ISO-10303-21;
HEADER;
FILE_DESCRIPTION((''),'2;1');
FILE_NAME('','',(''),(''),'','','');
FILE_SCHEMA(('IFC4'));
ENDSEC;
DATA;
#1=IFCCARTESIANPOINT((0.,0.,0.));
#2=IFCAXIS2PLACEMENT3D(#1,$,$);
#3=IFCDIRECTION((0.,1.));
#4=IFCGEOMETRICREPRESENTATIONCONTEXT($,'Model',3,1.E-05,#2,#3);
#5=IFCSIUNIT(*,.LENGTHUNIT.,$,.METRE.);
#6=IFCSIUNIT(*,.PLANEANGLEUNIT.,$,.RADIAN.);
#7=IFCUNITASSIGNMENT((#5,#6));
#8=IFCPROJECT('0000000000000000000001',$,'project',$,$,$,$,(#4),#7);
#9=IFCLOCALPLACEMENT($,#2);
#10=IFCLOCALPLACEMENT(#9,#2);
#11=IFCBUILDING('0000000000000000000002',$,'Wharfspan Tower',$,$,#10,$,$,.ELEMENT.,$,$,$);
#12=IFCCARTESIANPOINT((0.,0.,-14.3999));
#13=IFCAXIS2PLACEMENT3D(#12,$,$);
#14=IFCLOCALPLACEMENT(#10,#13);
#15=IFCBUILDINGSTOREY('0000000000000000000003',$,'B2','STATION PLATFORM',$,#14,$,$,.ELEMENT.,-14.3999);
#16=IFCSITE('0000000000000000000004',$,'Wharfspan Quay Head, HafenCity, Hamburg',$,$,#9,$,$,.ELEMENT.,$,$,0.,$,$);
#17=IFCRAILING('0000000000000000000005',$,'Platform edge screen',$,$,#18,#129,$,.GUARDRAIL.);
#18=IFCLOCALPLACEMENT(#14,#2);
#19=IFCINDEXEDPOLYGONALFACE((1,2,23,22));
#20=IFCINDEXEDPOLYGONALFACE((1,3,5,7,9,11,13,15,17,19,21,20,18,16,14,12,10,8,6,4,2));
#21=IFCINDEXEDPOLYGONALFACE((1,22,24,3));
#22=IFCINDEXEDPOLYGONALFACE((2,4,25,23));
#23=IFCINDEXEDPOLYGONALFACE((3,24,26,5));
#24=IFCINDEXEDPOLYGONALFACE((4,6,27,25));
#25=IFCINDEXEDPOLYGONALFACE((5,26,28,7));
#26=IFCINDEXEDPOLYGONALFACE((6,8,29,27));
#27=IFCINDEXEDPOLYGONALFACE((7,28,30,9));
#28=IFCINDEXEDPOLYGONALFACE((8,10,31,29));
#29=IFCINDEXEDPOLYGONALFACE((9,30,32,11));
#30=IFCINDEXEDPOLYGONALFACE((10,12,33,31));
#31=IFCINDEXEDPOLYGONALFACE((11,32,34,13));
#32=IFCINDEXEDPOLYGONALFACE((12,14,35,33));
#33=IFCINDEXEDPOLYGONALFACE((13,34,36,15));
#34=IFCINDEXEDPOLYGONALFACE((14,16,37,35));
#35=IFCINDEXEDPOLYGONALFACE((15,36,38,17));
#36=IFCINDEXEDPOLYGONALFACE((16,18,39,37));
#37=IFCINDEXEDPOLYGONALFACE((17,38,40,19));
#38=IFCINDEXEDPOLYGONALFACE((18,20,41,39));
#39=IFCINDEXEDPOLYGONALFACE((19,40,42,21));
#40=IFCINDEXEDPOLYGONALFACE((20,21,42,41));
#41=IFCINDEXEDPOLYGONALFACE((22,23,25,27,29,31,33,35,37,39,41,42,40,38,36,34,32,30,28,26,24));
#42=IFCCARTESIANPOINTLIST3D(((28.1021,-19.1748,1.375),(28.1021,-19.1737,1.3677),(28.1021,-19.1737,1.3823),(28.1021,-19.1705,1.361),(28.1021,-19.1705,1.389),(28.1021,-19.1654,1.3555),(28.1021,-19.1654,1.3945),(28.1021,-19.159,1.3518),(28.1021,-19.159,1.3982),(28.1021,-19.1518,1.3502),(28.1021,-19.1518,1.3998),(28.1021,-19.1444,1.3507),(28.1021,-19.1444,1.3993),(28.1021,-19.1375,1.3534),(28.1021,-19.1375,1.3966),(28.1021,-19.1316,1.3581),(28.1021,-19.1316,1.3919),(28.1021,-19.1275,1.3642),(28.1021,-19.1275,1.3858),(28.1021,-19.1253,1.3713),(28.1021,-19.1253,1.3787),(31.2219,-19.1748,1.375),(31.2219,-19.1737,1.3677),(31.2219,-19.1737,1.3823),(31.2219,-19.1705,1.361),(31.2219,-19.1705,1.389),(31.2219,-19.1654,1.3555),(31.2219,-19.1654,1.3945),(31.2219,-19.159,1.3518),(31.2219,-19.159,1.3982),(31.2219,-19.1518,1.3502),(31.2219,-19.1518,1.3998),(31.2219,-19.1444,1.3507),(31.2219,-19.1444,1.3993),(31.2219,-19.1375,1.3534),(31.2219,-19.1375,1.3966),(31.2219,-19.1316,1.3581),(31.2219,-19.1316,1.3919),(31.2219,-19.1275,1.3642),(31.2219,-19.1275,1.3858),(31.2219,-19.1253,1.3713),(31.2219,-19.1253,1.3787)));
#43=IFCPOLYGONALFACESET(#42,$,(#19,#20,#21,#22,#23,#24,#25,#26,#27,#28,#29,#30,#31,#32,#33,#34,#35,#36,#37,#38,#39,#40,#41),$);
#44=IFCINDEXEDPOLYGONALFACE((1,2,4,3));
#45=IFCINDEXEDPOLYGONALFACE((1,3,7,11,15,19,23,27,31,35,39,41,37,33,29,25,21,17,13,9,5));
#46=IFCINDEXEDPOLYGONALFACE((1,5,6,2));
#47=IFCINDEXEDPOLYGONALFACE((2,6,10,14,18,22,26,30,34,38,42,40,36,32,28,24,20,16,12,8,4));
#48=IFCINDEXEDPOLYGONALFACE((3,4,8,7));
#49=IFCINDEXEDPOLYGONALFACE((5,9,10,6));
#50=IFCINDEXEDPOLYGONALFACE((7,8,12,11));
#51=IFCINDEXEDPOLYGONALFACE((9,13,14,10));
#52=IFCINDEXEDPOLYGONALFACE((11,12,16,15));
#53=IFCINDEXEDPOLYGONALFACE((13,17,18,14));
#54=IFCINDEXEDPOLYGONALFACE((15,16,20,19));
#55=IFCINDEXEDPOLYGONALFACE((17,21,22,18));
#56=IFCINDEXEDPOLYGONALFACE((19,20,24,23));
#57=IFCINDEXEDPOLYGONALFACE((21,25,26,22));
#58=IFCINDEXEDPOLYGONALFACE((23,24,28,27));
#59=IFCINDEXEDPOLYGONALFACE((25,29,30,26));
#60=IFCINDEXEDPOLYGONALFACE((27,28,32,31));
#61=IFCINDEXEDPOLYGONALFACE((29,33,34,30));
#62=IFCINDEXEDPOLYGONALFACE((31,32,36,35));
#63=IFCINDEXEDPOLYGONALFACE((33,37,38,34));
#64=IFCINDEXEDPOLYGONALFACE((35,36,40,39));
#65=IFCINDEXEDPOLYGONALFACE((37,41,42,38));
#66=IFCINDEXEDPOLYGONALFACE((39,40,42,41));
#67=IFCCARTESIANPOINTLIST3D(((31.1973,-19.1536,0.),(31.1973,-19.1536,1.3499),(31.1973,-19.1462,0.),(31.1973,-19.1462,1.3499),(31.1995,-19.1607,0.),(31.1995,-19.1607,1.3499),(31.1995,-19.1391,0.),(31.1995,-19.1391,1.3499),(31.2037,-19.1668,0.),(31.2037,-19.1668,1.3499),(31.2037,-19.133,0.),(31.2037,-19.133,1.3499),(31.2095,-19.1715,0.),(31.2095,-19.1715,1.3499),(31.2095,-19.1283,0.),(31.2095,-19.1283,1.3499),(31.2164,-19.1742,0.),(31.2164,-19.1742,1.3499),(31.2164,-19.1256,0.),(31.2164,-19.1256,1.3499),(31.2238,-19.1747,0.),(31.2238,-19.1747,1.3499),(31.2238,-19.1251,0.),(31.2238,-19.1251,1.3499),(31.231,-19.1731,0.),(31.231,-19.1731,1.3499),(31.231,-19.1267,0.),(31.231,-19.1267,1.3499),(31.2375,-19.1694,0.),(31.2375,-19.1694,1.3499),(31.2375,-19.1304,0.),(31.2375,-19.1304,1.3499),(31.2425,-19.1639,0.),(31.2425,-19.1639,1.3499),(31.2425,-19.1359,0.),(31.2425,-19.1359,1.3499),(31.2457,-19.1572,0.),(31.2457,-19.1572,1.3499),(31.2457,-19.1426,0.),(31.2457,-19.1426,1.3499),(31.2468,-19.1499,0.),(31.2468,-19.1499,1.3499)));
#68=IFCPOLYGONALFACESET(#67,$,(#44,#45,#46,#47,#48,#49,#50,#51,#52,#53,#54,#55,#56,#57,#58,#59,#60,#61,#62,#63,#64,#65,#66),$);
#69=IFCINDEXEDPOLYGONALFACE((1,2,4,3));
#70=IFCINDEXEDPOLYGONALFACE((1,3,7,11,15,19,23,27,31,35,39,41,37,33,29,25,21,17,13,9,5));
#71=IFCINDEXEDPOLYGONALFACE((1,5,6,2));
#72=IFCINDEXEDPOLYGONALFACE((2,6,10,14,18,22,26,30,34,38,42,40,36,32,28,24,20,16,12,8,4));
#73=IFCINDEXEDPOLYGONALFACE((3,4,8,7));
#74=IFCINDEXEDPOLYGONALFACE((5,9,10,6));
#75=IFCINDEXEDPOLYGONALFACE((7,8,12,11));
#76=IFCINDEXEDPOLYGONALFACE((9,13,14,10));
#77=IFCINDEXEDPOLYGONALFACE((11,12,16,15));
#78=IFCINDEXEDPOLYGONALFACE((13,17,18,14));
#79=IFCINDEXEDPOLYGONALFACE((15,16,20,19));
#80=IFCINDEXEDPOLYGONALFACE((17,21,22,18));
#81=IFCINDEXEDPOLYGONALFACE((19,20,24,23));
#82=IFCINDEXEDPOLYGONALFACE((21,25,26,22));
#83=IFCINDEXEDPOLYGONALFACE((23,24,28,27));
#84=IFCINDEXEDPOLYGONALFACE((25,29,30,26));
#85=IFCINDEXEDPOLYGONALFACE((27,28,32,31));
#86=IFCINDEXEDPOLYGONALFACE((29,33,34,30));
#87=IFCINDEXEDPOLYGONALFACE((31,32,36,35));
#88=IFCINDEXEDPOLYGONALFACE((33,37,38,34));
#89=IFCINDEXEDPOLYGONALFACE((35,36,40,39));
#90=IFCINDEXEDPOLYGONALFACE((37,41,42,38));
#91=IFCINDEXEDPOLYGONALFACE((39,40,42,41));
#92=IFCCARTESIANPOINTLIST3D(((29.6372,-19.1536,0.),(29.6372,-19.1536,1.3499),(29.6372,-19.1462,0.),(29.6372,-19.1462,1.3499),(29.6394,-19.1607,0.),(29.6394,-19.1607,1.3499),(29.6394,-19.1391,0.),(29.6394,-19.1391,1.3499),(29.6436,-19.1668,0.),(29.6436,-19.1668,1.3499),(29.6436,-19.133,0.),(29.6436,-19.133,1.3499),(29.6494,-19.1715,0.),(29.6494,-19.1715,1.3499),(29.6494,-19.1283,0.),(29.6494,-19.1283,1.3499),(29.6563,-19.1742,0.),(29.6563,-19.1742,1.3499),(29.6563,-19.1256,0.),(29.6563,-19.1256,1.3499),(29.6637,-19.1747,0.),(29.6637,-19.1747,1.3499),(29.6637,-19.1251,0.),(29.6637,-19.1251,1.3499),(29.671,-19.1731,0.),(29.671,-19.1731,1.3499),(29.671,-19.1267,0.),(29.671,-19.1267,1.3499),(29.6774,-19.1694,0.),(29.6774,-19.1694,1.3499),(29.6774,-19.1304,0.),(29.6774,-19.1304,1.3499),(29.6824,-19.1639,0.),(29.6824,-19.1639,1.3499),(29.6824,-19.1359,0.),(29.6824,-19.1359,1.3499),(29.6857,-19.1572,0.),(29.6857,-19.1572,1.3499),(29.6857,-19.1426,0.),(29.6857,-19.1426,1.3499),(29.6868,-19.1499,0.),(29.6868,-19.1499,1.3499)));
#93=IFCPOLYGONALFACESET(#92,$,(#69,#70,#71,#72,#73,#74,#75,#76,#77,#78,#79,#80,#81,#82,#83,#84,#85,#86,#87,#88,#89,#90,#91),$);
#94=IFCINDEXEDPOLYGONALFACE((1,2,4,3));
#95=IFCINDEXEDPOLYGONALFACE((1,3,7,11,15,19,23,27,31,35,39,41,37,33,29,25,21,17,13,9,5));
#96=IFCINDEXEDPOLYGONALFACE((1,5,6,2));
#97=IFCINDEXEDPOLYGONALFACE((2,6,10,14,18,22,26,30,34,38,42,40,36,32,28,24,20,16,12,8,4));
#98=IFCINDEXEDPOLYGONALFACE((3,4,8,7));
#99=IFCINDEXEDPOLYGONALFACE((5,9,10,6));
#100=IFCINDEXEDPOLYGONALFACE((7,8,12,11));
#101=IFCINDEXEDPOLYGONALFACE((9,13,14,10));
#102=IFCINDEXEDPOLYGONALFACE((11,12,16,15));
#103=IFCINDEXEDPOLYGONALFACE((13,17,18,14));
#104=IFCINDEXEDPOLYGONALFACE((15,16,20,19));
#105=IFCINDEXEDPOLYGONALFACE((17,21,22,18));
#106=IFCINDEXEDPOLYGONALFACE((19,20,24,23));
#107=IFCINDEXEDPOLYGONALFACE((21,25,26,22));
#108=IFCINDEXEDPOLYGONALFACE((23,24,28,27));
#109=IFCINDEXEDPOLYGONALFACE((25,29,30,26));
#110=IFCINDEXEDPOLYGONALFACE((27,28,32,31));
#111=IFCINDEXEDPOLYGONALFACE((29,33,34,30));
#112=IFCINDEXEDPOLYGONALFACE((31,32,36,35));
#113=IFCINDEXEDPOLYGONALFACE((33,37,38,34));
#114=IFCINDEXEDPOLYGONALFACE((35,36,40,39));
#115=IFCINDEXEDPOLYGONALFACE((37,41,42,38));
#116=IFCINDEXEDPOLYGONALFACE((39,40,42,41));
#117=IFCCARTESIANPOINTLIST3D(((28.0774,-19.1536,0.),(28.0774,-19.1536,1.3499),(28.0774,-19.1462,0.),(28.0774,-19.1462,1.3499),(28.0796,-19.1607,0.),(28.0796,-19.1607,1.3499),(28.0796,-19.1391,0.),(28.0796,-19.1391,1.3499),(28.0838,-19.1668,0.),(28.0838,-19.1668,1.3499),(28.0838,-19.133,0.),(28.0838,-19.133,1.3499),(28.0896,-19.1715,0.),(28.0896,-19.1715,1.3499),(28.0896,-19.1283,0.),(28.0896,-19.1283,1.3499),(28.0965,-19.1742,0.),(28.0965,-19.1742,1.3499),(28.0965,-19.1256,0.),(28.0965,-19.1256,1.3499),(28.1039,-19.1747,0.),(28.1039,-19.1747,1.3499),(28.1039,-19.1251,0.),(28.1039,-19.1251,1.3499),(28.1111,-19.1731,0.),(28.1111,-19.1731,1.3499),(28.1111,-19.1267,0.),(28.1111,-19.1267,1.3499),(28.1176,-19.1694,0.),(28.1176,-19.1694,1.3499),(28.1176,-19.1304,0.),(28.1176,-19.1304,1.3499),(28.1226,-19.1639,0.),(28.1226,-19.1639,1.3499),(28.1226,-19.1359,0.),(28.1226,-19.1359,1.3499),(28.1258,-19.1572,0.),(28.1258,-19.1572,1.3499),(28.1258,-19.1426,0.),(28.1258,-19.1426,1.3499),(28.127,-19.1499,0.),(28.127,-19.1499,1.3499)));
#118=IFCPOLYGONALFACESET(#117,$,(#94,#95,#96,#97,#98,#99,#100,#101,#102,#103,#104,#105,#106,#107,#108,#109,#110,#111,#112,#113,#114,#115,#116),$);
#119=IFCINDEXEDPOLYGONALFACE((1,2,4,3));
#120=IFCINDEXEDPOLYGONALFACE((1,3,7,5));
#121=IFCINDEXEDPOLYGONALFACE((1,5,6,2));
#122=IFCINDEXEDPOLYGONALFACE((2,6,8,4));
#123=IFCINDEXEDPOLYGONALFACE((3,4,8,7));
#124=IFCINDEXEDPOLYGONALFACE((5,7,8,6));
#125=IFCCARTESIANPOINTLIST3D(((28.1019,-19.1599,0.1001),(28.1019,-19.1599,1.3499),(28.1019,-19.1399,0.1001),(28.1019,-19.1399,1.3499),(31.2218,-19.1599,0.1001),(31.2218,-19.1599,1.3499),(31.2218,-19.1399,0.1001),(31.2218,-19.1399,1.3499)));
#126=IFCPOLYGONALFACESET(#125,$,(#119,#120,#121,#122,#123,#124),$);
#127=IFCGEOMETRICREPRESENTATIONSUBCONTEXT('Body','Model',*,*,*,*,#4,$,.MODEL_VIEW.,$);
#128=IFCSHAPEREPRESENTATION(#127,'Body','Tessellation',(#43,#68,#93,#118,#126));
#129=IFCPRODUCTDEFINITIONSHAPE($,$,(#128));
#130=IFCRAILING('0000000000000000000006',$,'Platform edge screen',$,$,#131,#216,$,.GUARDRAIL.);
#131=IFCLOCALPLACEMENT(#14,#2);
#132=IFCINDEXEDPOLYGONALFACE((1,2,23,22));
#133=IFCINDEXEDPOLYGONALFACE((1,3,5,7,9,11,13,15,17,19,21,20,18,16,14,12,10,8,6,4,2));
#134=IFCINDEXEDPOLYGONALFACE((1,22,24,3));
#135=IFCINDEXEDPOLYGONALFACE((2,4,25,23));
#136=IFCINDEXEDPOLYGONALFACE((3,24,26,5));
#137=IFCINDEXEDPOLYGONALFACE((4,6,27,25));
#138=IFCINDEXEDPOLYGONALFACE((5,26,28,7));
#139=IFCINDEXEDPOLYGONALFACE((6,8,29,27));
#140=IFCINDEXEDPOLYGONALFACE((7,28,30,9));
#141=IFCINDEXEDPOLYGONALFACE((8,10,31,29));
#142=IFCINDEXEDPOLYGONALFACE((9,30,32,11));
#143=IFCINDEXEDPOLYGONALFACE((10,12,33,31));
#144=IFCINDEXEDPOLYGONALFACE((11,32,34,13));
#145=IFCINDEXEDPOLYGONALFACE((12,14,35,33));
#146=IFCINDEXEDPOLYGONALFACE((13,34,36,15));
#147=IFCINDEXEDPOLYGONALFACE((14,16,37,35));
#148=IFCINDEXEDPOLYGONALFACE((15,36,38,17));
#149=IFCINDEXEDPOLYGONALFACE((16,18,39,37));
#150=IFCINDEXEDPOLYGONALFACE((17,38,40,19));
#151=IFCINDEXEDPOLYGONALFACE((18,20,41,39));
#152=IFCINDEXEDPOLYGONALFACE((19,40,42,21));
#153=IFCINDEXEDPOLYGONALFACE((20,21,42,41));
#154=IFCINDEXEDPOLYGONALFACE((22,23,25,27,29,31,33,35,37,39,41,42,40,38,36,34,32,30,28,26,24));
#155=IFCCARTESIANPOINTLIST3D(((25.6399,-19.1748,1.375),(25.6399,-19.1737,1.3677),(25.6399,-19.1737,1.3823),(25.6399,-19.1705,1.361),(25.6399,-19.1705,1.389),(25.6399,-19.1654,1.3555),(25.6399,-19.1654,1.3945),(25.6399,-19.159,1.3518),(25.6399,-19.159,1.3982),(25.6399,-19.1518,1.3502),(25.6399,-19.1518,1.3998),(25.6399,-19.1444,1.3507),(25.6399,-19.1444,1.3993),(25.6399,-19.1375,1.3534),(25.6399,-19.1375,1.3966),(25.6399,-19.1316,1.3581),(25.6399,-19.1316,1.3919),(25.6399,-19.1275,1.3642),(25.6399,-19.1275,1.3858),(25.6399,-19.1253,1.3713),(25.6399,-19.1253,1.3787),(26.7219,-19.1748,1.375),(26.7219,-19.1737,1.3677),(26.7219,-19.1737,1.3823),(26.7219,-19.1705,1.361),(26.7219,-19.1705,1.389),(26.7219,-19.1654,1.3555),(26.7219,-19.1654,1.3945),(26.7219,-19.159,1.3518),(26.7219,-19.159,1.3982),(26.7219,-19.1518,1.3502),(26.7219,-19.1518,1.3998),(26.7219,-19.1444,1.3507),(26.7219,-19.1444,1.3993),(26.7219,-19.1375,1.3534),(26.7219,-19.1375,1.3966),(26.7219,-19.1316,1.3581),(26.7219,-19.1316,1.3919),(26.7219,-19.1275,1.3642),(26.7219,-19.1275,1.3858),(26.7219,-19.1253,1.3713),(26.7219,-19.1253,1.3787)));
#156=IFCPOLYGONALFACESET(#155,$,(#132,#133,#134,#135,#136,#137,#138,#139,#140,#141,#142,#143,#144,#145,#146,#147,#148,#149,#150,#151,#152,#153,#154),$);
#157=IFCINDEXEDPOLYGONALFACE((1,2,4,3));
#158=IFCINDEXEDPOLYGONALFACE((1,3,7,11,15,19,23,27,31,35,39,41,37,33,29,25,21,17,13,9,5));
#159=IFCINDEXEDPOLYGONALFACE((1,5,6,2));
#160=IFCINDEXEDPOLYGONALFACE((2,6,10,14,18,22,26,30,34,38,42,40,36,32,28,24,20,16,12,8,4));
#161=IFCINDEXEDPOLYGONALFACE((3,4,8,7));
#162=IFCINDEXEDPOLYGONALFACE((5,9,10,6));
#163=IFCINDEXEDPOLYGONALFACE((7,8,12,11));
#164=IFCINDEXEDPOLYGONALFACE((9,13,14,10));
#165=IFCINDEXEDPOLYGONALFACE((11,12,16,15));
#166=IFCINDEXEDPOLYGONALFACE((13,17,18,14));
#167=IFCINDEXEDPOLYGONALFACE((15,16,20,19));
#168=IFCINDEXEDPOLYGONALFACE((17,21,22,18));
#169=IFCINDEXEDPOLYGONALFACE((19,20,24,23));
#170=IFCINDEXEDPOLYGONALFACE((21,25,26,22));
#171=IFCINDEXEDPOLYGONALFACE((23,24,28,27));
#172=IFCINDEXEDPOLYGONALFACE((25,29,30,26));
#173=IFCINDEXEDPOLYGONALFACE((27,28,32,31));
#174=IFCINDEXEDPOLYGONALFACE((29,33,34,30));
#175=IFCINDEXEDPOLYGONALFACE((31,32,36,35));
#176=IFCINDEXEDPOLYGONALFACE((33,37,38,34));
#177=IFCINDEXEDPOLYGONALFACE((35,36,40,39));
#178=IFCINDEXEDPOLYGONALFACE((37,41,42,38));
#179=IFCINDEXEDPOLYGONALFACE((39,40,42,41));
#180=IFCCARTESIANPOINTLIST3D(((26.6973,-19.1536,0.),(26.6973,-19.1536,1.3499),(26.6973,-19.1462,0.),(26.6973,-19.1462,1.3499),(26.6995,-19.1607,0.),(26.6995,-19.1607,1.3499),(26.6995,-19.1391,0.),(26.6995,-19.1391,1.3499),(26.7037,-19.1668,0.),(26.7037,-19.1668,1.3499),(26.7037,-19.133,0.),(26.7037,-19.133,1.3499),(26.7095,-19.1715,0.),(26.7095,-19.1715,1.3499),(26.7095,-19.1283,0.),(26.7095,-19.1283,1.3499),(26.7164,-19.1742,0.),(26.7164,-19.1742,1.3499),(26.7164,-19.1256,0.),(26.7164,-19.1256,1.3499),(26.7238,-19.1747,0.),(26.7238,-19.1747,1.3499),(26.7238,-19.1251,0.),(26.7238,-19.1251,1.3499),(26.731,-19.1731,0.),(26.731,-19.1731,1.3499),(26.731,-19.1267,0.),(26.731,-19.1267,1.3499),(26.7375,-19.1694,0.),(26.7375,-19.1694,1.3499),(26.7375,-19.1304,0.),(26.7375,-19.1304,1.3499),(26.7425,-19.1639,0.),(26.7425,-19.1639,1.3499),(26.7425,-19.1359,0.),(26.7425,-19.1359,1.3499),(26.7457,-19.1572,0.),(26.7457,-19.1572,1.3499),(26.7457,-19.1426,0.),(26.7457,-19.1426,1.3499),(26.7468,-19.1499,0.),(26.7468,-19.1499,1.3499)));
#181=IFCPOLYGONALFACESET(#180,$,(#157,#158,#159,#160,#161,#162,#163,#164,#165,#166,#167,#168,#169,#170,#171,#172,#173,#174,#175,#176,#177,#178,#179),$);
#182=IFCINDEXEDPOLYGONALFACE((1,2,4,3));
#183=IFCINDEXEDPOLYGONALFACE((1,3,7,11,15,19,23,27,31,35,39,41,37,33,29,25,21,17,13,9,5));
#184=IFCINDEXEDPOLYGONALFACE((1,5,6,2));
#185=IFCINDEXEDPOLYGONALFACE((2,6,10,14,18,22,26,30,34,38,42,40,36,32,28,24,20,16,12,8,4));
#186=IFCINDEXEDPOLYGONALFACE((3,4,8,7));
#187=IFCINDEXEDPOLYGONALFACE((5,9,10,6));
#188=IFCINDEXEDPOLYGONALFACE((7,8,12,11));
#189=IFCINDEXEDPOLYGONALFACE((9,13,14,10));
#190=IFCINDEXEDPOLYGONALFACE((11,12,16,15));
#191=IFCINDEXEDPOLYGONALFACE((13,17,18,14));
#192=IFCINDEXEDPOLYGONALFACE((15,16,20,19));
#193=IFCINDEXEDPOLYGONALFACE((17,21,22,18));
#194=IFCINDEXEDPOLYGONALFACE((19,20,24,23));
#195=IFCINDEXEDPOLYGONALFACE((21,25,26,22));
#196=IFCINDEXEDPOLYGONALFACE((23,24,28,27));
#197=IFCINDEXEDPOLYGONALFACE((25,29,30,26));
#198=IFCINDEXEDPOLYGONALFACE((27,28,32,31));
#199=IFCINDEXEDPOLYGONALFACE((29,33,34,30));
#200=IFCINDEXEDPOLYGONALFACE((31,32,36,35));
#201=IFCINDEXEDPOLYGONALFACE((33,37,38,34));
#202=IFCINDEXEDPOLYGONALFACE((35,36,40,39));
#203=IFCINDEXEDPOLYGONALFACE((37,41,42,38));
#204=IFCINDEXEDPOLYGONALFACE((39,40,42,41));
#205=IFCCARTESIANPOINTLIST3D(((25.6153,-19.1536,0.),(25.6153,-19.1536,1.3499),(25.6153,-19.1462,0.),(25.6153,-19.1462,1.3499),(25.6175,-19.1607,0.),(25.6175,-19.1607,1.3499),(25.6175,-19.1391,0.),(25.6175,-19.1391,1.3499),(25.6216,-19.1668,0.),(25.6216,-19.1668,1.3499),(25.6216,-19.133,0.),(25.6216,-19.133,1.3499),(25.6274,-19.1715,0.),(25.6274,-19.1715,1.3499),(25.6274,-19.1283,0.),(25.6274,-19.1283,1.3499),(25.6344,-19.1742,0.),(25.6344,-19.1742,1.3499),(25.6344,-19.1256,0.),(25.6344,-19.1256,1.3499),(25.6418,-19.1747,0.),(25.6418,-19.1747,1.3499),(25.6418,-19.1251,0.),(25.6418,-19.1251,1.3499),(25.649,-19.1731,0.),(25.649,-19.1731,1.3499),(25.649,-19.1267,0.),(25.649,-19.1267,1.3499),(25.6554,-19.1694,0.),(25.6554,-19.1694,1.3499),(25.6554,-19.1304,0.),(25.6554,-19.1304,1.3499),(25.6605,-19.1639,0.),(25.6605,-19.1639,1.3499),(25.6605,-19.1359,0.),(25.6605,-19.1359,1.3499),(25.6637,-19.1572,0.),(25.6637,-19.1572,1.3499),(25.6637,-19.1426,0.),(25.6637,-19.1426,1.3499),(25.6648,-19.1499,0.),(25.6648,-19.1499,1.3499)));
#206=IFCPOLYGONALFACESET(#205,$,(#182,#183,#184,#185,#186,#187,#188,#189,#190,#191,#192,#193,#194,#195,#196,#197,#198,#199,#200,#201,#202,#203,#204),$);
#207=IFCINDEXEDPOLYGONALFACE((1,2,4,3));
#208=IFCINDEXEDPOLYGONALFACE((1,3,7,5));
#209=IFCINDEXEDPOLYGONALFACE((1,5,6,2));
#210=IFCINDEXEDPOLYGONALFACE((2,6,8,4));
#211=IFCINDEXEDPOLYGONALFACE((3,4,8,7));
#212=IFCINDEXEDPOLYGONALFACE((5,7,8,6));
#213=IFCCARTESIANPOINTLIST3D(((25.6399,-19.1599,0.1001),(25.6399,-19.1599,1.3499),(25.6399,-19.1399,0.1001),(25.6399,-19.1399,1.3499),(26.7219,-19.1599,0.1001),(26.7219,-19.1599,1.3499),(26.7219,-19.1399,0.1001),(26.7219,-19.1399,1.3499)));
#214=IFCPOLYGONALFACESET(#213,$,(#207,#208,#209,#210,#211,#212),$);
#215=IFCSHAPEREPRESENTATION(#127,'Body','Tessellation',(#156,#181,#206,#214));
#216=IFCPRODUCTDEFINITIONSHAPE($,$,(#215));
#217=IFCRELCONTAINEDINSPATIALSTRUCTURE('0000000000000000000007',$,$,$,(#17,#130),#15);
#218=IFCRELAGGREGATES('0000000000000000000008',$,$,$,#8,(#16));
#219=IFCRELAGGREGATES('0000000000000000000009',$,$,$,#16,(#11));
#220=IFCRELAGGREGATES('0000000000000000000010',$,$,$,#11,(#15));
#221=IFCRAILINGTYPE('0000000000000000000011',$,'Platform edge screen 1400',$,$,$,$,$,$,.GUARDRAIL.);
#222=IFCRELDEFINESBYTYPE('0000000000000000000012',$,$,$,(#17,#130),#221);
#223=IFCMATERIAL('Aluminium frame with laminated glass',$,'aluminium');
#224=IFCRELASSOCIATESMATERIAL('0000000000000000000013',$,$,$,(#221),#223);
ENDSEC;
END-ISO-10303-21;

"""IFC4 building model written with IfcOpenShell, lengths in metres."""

from ifc_helpers import new_model, si_unit, direction, frame, origin, origin_2d, place, context, subcontext, project, spatial, rectangle, circle, extrude, material, type_object, element, save


model = new_model("IFC4")

# Units and contexts
model_context = context("Model", 3, precision=1e-05, world=origin(), true_north=direction((0.0, 1.0)))
body_context = subcontext(model_context, "Body", "Model", "MODEL_VIEW")
ifc_project = project(units=[si_unit("LENGTHUNIT", "METRE"), si_unit("PLANEANGLEUNIT", "RADIAN")], contexts=[model_context])

# Site, building, storey
site_placement = place(None, origin())
site = spatial("IfcSite", under=ifc_project, at=site_placement, Name="Wharfspan Quay Head, HafenCity, Hamburg", CompositionType="ELEMENT", RefElevation=0.0)
building_placement = place(site_placement, origin())
building = spatial("IfcBuilding", under=site, at=building_placement, Name="Wharfspan Tower", CompositionType="ELEMENT")
storey_placement = place(building_placement, frame((0.0, 0.0, -14.3999)))
storey = spatial("IfcBuildingStorey", under=building, at=storey_placement, Name="B2", Description="STATION PLATFORM", CompositionType="ELEMENT", Elevation=-14.3999)

# Railings
ifc_material_1 = material(Name="Aluminium frame with laminated glass", Category="aluminium")
railing_type_1 = type_object("IfcRailingType", Name="Platform edge screen 1400", PredefinedType="GUARDRAIL", material=ifc_material_1)
railing_1_placement = place(storey_placement, frame((31.2219, -19.1499, 0.0)))
element("IfcRailing", 1, at=railing_1_placement, inside=storey, type_object=railing_type_1, Name="Platform edge screen", PredefinedType="GUARDRAIL", context=body_context, shape_type="SweptSolid", body=[
    extrude(circle(Radius=0.0249, at=origin_2d()), frame((0.0, 0.0, 1.375), z_axis=(-1.0, 0.0, 0.0), x_axis=(0.0, -1.0, 0.0)), (0.0, 0.0, 1.0), 3.1199),
    extrude(circle(Radius=0.0249, at=origin_2d()), origin(), (0.0, 0.0, 1.0), 1.3499),
    extrude(circle(Radius=0.0249, at=origin_2d()), frame((-1.5601, 0.0, 0.0)), (0.0, 0.0, 1.0), 1.3499),
    extrude(circle(Radius=0.0249, at=origin_2d()), frame((-3.1199, 0.0, 0.0)), (0.0, 0.0, 1.0), 1.3499),
    extrude(rectangle(XDim=3.1199, YDim=0.02, at=origin_2d()), frame((-1.5601, 0.0, 0.1001), z_axis=(0.0, 0.0, 1.0), x_axis=(-1.0, 0.0, 0.0)), (0.0, 0.0, 1.0), 1.2498),
])
railing_2_placement = place(storey_placement, frame((26.7219, -19.1499, 0.0)))
element("IfcRailing", 2, at=railing_2_placement, inside=storey, type_object=railing_type_1, Name="Platform edge screen", PredefinedType="GUARDRAIL", context=body_context, shape_type="SweptSolid", body=[
    extrude(circle(Radius=0.0249, at=origin_2d()), frame((0.0, 0.0, 1.375), z_axis=(-1.0, 0.0, 0.0), x_axis=(0.0, -1.0, 0.0)), (0.0, 0.0, 1.0), 1.082),
    extrude(circle(Radius=0.0249, at=origin_2d()), origin(), (0.0, 0.0, 1.0), 1.3499),
    extrude(circle(Radius=0.0249, at=origin_2d()), frame((-1.082, 0.0, 0.0)), (0.0, 0.0, 1.0), 1.3499),
    extrude(rectangle(XDim=1.082, YDim=0.02, at=origin_2d()), frame((-0.541, 0.0, 0.1001), z_axis=(0.0, 0.0, 1.0), x_axis=(-1.0, 0.0, 0.0)), (0.0, 0.0, 1.0), 1.2498),
])

save(model, "model.ifc")
